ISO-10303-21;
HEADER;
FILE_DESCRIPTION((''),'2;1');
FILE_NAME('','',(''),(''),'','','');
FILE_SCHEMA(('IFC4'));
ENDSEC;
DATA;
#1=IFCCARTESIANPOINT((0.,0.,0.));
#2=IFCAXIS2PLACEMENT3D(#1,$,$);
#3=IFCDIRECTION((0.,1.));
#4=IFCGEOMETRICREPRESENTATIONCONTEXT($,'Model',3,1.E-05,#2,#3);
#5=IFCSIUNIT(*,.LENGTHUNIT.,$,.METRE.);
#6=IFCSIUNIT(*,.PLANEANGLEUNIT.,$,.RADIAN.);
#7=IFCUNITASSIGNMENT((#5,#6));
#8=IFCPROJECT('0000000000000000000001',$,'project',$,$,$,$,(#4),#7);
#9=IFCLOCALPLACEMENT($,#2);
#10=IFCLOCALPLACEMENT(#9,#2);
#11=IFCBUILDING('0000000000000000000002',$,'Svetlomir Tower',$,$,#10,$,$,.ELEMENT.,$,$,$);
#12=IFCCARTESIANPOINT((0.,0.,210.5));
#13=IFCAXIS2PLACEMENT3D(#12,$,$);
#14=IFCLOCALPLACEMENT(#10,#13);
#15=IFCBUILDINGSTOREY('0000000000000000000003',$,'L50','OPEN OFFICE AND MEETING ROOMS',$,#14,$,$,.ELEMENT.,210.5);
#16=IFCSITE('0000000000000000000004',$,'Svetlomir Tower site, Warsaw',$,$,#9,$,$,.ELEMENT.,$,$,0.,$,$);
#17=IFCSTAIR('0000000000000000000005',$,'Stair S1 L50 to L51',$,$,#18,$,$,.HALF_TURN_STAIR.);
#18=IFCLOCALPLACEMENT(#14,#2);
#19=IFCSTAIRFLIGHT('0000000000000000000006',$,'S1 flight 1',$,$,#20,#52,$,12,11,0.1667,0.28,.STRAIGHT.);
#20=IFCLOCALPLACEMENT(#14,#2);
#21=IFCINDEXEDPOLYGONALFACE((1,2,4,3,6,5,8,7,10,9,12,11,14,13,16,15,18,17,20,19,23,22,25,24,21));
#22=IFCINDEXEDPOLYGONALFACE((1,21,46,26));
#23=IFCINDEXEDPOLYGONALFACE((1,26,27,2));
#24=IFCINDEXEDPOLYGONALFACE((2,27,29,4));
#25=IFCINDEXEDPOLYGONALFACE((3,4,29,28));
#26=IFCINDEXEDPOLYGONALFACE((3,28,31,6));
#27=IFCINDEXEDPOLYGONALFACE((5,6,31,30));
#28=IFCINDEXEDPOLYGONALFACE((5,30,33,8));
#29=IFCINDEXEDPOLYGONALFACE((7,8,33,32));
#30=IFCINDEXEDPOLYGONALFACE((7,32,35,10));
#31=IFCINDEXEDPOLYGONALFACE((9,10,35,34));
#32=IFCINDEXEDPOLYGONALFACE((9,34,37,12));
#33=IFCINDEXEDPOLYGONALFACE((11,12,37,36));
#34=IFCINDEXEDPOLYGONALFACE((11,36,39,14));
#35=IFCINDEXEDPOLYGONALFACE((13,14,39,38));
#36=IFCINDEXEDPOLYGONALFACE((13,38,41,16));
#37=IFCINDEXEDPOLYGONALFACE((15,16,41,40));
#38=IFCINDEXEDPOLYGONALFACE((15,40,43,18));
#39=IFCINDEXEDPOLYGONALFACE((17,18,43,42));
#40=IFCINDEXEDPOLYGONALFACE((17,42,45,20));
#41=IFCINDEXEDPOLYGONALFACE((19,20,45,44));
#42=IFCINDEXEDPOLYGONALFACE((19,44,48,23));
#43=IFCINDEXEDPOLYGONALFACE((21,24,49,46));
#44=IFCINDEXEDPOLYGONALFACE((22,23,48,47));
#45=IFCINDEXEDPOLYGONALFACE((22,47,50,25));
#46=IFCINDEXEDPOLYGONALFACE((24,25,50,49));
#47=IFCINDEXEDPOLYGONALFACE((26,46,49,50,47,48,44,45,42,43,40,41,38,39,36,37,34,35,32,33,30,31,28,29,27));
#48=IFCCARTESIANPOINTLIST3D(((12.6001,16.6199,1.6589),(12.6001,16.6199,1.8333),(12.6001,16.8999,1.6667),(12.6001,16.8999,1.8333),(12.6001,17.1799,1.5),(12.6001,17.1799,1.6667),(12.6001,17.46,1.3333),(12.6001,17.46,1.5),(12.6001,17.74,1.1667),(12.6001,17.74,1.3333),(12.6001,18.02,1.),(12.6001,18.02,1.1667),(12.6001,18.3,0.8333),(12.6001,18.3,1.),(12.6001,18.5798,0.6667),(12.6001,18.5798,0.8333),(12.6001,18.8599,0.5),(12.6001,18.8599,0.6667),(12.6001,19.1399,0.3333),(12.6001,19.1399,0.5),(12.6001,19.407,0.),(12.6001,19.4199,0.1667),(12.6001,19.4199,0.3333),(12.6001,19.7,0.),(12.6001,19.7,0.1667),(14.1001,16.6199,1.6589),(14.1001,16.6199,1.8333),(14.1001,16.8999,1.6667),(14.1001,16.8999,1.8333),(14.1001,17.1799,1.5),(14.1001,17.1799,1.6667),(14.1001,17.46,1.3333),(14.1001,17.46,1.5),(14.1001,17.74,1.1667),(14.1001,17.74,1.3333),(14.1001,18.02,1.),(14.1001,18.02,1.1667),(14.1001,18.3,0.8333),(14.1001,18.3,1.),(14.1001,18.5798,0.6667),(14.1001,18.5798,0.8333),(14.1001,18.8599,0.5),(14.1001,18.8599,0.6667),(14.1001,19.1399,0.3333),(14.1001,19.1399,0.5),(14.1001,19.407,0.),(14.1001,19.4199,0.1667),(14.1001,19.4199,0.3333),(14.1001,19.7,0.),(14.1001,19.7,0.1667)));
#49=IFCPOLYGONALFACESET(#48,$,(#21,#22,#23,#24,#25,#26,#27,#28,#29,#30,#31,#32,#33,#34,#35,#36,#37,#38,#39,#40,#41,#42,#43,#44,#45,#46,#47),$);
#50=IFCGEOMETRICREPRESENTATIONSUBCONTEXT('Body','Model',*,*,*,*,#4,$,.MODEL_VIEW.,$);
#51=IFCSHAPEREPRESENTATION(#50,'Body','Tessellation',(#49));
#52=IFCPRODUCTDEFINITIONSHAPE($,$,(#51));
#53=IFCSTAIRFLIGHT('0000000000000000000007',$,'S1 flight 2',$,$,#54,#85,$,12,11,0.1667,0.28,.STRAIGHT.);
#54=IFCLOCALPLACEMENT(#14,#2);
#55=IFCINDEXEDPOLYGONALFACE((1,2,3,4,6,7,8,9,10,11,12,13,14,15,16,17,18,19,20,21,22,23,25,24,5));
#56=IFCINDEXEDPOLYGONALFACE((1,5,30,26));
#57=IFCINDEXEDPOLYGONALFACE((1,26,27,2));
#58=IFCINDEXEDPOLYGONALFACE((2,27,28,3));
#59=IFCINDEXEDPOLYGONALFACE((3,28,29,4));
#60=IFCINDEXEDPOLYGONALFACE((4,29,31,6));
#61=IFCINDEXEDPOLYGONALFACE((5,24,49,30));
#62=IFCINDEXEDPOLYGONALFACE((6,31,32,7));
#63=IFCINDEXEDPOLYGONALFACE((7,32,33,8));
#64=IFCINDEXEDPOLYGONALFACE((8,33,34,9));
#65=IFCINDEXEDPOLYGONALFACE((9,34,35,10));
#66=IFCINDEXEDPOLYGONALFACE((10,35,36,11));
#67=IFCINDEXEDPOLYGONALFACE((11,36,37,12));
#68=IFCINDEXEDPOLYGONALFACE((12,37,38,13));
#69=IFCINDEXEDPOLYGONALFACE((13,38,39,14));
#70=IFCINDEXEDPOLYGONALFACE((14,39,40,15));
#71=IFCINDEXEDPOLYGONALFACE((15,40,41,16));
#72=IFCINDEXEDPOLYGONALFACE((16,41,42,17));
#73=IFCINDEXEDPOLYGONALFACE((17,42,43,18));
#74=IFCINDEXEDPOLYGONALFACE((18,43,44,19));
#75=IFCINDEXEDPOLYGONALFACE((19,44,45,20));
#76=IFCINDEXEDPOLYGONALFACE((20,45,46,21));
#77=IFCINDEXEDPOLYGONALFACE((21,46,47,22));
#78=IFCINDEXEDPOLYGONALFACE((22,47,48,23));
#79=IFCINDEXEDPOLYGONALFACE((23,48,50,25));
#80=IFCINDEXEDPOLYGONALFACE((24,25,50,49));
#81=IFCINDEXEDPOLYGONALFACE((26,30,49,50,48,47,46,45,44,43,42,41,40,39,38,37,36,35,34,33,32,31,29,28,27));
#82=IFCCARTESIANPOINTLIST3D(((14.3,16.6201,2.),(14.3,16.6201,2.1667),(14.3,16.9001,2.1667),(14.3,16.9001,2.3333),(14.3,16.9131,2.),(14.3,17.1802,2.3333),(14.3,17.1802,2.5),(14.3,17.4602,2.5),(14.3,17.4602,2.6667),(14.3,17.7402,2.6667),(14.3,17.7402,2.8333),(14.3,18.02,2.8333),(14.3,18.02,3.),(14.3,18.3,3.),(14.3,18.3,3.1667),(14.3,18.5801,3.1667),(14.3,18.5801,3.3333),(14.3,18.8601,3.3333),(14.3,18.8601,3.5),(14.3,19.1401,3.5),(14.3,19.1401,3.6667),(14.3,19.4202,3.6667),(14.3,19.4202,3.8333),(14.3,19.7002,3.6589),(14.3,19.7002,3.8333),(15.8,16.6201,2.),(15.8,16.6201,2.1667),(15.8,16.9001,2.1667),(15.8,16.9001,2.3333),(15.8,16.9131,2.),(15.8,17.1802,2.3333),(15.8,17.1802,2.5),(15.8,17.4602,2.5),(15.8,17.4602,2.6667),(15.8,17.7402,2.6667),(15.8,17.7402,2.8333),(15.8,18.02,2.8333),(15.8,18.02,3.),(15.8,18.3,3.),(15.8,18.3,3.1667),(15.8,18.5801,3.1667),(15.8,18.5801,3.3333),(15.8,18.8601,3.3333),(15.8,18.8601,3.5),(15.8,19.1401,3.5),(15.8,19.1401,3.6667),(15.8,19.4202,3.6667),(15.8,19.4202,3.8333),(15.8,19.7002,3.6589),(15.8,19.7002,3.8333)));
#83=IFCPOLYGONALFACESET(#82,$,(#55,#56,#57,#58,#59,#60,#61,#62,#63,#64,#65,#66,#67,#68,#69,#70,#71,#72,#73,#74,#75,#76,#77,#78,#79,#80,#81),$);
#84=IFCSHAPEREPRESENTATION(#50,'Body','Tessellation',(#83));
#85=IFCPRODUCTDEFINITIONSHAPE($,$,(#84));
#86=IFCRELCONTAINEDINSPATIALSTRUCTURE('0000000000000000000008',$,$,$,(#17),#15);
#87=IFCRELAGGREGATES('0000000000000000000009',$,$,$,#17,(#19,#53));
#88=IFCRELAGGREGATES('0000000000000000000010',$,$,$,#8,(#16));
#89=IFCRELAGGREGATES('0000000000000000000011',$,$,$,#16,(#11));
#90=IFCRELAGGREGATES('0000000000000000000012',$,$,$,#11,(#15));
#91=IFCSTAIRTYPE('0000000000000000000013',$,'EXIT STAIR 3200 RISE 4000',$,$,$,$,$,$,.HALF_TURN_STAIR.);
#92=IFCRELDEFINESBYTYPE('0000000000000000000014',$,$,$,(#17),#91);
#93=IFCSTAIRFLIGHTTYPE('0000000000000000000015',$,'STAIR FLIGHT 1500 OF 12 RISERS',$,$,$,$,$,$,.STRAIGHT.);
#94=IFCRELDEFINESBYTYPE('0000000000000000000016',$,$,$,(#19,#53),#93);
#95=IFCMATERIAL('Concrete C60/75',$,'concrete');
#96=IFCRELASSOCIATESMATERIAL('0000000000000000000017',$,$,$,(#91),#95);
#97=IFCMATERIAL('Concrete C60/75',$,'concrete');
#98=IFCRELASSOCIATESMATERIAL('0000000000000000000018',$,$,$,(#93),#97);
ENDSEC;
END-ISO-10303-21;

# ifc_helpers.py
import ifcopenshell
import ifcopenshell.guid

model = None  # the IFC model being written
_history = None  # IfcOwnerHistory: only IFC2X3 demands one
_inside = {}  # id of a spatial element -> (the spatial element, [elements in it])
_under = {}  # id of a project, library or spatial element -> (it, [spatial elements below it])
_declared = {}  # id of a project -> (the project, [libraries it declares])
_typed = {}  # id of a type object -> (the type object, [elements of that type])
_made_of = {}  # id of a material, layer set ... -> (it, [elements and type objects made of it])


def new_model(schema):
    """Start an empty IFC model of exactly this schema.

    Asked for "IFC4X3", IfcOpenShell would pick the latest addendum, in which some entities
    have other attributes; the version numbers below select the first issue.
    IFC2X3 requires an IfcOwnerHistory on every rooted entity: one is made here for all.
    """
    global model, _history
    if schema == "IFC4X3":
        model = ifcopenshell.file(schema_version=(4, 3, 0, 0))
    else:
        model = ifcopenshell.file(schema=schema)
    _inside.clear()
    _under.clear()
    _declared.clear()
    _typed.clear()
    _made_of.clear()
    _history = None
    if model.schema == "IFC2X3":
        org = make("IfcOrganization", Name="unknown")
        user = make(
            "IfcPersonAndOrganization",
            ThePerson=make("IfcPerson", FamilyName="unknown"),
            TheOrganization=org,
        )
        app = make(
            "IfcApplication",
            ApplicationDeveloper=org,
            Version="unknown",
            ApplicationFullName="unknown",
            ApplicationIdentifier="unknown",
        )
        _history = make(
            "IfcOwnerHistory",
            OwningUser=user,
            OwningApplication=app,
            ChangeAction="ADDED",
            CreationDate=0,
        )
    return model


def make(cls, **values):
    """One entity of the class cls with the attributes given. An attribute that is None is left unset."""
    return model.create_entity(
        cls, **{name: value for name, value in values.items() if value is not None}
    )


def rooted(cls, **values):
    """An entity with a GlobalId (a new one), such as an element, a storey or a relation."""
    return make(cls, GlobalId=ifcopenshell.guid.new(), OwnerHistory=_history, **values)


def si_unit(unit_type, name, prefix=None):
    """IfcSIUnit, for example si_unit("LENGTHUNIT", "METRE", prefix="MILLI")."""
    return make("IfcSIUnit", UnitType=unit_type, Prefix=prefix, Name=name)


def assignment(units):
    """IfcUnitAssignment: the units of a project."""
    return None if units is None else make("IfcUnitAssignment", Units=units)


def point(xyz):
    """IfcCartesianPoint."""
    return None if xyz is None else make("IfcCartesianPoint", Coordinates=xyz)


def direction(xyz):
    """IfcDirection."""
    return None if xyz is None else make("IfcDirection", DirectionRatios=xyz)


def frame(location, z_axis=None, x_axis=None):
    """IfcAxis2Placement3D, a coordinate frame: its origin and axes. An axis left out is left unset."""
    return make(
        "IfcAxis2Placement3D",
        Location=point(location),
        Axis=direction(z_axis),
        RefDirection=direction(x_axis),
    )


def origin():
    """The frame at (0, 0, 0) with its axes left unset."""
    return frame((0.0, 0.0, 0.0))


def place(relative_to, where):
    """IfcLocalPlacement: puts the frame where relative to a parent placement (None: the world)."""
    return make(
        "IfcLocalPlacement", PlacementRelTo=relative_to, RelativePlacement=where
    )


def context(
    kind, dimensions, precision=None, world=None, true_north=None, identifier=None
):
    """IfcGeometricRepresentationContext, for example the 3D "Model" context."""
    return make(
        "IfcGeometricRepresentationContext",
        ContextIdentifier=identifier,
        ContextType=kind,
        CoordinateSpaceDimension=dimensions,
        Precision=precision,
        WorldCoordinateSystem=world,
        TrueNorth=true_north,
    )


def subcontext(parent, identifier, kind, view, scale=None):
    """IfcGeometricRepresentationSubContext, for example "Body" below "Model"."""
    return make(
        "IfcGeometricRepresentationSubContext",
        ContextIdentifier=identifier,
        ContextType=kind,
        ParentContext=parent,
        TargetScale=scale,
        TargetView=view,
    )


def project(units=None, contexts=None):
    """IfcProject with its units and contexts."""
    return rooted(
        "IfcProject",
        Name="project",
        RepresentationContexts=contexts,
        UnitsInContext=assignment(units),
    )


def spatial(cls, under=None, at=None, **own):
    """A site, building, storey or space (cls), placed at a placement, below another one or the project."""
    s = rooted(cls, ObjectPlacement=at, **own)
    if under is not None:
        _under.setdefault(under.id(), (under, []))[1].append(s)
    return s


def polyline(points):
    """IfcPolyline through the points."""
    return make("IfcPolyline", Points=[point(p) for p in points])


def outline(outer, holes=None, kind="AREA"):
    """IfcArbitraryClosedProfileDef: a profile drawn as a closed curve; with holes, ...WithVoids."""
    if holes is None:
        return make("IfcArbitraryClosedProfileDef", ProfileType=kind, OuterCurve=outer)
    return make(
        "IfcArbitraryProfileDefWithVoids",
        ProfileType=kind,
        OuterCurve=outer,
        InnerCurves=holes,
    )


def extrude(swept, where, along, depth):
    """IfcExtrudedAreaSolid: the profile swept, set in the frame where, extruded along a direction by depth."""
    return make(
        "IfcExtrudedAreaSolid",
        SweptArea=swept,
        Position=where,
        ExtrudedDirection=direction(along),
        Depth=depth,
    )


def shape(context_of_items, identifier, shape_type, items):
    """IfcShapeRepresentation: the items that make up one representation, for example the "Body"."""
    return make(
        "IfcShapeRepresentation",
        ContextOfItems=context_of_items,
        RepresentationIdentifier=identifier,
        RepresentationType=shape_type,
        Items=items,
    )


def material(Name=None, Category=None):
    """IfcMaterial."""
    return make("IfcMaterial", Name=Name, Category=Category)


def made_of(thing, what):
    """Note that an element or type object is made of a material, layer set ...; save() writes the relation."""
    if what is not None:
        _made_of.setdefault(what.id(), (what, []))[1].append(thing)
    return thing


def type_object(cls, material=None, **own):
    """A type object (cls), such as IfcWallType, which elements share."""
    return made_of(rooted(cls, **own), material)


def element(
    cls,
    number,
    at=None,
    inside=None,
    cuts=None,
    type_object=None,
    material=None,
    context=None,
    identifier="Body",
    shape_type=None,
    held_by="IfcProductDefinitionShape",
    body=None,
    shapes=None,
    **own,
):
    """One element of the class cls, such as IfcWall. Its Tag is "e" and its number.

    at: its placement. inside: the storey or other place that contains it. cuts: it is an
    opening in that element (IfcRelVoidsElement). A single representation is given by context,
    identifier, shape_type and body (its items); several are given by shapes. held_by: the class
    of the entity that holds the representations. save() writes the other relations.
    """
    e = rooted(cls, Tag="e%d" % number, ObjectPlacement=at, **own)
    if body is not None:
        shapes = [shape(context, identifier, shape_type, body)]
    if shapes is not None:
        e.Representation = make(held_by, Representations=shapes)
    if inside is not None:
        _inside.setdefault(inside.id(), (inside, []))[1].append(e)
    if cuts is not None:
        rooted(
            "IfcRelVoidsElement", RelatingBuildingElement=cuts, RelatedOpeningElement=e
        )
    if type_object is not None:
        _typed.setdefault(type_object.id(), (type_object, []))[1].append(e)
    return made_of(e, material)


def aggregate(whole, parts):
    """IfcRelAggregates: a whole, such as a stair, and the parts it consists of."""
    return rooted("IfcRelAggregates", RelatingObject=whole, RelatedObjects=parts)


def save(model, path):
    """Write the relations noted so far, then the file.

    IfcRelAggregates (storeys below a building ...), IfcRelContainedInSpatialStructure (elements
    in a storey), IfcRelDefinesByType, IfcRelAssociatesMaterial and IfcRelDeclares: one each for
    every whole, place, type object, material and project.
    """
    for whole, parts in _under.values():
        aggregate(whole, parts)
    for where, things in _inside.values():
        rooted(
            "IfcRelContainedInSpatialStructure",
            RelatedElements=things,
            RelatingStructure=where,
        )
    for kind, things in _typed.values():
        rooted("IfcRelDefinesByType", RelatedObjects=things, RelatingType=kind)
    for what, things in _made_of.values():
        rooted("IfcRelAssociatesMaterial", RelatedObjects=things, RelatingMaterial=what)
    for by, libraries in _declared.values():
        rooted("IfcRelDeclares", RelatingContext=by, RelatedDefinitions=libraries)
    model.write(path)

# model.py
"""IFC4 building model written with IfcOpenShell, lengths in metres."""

from ifc_helpers import new_model, si_unit, direction, frame, origin, place, context, subcontext, project, spatial, polyline, outline, extrude, material, type_object, element, aggregate, save


model = new_model("IFC4")

# Units and contexts
model_context = context("Model", 3, precision=1e-05, world=origin(), true_north=direction((0.0, 1.0)))
body_context = subcontext(model_context, "Body", "Model", "MODEL_VIEW")
ifc_project = project(units=[si_unit("LENGTHUNIT", "METRE"), si_unit("PLANEANGLEUNIT", "RADIAN")], contexts=[model_context])

# Site, building, storey
site_placement = place(None, origin())
site = spatial("IfcSite", under=ifc_project, at=site_placement, Name="Svetlomir Tower site, Warsaw", CompositionType="ELEMENT", RefElevation=0.0)
building_placement = place(site_placement, origin())
building = spatial("IfcBuilding", under=site, at=building_placement, Name="Svetlomir Tower", CompositionType="ELEMENT")
storey_placement = place(building_placement, frame((0.0, 0.0, 210.5)))
storey = spatial("IfcBuildingStorey", under=building, at=storey_placement, Name="L50", Description="OPEN OFFICE AND MEETING ROOMS", CompositionType="ELEMENT", Elevation=210.5)

# Stair, stair flights
ifc_material_1 = material(Name="Concrete C60/75", Category="concrete")
stair_type = type_object("IfcStairType", Name="EXIT STAIR 3200 RISE 4000", PredefinedType="HALF_TURN_STAIR", material=ifc_material_1)
stair_placement = place(storey_placement, origin())
stair = element("IfcStair", 1, at=stair_placement, inside=storey, type_object=stair_type, Name="Stair S1 L50 to L51", PredefinedType="HALF_TURN_STAIR")
ifc_material_2 = material(Name="Concrete C60/75", Category="concrete")
stair_flight_type = type_object("IfcStairFlightType", Name="STAIR FLIGHT 1500 OF 12 RISERS", PredefinedType="STRAIGHT", material=ifc_material_2)
stair_flight_1_placement = place(storey_placement, frame((13.3501, 19.7, 0.0), z_axis=(0.0, 0.0, 1.0), x_axis=(0.0, -1.0, 0.0)))
stair_flight_1 = element("IfcStairFlight", 2, at=stair_flight_1_placement, type_object=stair_flight_type, Name="S1 flight 1", NumberOfRisers=12, NumberOfTreads=11, PredefinedType="STRAIGHT", RiserHeight=0.1667, TreadLength=0.28, context=body_context, shape_type="SweptSolid", body=[
    extrude(outline(polyline([(0.0, 0.0), (0.0, 0.1667), (0.28, 0.1667), (0.28, 0.3333), (0.5601, 0.3333), (0.5601, 0.5), (0.8401, 0.5), (0.8401, 0.6667), (1.1201, 0.6667), (1.1201, 0.8333), (1.3999, 0.8333), (1.3999, 1.0), (1.6799, 1.0), (1.6799, 1.1667), (1.96, 1.1667), (1.96, 1.3333), (2.24, 1.3333), (2.24, 1.5), (2.52, 1.5), (2.52, 1.6667), (2.8, 1.6667), (2.8, 1.8333), (3.0801, 1.8333), (3.0801, 2.0), (3.0801, 1.6589), (0.293, 0.0), (0.0, 0.0)])), frame((0.0, 0.75, 0.0), z_axis=(0.0, -1.0, 0.0), x_axis=(1.0, 0.0, 0.0)), (0.0, 0.0, 1.0), 1.5),
])
stair_flight_2_placement = place(storey_placement, frame((15.05, 16.6201, 2.0), z_axis=(0.0, 0.0, 1.0), x_axis=(0.0, 1.0, 0.0)))
stair_flight_2 = element("IfcStairFlight", 3, at=stair_flight_2_placement, type_object=stair_flight_type, Name="S1 flight 2", NumberOfRisers=12, NumberOfTreads=11, PredefinedType="STRAIGHT", RiserHeight=0.1667, TreadLength=0.28, context=body_context, shape_type="SweptSolid", body=[
    extrude(outline(polyline([(0.0, 0.0), (0.0, 0.1667), (0.28, 0.1667), (0.28, 0.3333), (0.5601, 0.3333), (0.5601, 0.5), (0.8401, 0.5), (0.8401, 0.6667), (1.1201, 0.6667), (1.1201, 0.8333), (1.3999, 0.8333), (1.3999, 1.0), (1.6799, 1.0), (1.6799, 1.1667), (1.96, 1.1667), (1.96, 1.3333), (2.24, 1.3333), (2.24, 1.5), (2.52, 1.5), (2.52, 1.6667), (2.8, 1.6667), (2.8, 1.8333), (3.0801, 1.8333), (3.0801, 2.0), (3.0801, 1.6589), (0.293, 0.0), (0.0, 0.0)])), frame((0.0, 0.75, 0.0), z_axis=(0.0, -1.0, 0.0), x_axis=(1.0, 0.0, 0.0)), (0.0, 0.0, 1.0), 1.5),
])
aggregate(stair, [stair_flight_1, stair_flight_2])

save(model, "model.ifc")
